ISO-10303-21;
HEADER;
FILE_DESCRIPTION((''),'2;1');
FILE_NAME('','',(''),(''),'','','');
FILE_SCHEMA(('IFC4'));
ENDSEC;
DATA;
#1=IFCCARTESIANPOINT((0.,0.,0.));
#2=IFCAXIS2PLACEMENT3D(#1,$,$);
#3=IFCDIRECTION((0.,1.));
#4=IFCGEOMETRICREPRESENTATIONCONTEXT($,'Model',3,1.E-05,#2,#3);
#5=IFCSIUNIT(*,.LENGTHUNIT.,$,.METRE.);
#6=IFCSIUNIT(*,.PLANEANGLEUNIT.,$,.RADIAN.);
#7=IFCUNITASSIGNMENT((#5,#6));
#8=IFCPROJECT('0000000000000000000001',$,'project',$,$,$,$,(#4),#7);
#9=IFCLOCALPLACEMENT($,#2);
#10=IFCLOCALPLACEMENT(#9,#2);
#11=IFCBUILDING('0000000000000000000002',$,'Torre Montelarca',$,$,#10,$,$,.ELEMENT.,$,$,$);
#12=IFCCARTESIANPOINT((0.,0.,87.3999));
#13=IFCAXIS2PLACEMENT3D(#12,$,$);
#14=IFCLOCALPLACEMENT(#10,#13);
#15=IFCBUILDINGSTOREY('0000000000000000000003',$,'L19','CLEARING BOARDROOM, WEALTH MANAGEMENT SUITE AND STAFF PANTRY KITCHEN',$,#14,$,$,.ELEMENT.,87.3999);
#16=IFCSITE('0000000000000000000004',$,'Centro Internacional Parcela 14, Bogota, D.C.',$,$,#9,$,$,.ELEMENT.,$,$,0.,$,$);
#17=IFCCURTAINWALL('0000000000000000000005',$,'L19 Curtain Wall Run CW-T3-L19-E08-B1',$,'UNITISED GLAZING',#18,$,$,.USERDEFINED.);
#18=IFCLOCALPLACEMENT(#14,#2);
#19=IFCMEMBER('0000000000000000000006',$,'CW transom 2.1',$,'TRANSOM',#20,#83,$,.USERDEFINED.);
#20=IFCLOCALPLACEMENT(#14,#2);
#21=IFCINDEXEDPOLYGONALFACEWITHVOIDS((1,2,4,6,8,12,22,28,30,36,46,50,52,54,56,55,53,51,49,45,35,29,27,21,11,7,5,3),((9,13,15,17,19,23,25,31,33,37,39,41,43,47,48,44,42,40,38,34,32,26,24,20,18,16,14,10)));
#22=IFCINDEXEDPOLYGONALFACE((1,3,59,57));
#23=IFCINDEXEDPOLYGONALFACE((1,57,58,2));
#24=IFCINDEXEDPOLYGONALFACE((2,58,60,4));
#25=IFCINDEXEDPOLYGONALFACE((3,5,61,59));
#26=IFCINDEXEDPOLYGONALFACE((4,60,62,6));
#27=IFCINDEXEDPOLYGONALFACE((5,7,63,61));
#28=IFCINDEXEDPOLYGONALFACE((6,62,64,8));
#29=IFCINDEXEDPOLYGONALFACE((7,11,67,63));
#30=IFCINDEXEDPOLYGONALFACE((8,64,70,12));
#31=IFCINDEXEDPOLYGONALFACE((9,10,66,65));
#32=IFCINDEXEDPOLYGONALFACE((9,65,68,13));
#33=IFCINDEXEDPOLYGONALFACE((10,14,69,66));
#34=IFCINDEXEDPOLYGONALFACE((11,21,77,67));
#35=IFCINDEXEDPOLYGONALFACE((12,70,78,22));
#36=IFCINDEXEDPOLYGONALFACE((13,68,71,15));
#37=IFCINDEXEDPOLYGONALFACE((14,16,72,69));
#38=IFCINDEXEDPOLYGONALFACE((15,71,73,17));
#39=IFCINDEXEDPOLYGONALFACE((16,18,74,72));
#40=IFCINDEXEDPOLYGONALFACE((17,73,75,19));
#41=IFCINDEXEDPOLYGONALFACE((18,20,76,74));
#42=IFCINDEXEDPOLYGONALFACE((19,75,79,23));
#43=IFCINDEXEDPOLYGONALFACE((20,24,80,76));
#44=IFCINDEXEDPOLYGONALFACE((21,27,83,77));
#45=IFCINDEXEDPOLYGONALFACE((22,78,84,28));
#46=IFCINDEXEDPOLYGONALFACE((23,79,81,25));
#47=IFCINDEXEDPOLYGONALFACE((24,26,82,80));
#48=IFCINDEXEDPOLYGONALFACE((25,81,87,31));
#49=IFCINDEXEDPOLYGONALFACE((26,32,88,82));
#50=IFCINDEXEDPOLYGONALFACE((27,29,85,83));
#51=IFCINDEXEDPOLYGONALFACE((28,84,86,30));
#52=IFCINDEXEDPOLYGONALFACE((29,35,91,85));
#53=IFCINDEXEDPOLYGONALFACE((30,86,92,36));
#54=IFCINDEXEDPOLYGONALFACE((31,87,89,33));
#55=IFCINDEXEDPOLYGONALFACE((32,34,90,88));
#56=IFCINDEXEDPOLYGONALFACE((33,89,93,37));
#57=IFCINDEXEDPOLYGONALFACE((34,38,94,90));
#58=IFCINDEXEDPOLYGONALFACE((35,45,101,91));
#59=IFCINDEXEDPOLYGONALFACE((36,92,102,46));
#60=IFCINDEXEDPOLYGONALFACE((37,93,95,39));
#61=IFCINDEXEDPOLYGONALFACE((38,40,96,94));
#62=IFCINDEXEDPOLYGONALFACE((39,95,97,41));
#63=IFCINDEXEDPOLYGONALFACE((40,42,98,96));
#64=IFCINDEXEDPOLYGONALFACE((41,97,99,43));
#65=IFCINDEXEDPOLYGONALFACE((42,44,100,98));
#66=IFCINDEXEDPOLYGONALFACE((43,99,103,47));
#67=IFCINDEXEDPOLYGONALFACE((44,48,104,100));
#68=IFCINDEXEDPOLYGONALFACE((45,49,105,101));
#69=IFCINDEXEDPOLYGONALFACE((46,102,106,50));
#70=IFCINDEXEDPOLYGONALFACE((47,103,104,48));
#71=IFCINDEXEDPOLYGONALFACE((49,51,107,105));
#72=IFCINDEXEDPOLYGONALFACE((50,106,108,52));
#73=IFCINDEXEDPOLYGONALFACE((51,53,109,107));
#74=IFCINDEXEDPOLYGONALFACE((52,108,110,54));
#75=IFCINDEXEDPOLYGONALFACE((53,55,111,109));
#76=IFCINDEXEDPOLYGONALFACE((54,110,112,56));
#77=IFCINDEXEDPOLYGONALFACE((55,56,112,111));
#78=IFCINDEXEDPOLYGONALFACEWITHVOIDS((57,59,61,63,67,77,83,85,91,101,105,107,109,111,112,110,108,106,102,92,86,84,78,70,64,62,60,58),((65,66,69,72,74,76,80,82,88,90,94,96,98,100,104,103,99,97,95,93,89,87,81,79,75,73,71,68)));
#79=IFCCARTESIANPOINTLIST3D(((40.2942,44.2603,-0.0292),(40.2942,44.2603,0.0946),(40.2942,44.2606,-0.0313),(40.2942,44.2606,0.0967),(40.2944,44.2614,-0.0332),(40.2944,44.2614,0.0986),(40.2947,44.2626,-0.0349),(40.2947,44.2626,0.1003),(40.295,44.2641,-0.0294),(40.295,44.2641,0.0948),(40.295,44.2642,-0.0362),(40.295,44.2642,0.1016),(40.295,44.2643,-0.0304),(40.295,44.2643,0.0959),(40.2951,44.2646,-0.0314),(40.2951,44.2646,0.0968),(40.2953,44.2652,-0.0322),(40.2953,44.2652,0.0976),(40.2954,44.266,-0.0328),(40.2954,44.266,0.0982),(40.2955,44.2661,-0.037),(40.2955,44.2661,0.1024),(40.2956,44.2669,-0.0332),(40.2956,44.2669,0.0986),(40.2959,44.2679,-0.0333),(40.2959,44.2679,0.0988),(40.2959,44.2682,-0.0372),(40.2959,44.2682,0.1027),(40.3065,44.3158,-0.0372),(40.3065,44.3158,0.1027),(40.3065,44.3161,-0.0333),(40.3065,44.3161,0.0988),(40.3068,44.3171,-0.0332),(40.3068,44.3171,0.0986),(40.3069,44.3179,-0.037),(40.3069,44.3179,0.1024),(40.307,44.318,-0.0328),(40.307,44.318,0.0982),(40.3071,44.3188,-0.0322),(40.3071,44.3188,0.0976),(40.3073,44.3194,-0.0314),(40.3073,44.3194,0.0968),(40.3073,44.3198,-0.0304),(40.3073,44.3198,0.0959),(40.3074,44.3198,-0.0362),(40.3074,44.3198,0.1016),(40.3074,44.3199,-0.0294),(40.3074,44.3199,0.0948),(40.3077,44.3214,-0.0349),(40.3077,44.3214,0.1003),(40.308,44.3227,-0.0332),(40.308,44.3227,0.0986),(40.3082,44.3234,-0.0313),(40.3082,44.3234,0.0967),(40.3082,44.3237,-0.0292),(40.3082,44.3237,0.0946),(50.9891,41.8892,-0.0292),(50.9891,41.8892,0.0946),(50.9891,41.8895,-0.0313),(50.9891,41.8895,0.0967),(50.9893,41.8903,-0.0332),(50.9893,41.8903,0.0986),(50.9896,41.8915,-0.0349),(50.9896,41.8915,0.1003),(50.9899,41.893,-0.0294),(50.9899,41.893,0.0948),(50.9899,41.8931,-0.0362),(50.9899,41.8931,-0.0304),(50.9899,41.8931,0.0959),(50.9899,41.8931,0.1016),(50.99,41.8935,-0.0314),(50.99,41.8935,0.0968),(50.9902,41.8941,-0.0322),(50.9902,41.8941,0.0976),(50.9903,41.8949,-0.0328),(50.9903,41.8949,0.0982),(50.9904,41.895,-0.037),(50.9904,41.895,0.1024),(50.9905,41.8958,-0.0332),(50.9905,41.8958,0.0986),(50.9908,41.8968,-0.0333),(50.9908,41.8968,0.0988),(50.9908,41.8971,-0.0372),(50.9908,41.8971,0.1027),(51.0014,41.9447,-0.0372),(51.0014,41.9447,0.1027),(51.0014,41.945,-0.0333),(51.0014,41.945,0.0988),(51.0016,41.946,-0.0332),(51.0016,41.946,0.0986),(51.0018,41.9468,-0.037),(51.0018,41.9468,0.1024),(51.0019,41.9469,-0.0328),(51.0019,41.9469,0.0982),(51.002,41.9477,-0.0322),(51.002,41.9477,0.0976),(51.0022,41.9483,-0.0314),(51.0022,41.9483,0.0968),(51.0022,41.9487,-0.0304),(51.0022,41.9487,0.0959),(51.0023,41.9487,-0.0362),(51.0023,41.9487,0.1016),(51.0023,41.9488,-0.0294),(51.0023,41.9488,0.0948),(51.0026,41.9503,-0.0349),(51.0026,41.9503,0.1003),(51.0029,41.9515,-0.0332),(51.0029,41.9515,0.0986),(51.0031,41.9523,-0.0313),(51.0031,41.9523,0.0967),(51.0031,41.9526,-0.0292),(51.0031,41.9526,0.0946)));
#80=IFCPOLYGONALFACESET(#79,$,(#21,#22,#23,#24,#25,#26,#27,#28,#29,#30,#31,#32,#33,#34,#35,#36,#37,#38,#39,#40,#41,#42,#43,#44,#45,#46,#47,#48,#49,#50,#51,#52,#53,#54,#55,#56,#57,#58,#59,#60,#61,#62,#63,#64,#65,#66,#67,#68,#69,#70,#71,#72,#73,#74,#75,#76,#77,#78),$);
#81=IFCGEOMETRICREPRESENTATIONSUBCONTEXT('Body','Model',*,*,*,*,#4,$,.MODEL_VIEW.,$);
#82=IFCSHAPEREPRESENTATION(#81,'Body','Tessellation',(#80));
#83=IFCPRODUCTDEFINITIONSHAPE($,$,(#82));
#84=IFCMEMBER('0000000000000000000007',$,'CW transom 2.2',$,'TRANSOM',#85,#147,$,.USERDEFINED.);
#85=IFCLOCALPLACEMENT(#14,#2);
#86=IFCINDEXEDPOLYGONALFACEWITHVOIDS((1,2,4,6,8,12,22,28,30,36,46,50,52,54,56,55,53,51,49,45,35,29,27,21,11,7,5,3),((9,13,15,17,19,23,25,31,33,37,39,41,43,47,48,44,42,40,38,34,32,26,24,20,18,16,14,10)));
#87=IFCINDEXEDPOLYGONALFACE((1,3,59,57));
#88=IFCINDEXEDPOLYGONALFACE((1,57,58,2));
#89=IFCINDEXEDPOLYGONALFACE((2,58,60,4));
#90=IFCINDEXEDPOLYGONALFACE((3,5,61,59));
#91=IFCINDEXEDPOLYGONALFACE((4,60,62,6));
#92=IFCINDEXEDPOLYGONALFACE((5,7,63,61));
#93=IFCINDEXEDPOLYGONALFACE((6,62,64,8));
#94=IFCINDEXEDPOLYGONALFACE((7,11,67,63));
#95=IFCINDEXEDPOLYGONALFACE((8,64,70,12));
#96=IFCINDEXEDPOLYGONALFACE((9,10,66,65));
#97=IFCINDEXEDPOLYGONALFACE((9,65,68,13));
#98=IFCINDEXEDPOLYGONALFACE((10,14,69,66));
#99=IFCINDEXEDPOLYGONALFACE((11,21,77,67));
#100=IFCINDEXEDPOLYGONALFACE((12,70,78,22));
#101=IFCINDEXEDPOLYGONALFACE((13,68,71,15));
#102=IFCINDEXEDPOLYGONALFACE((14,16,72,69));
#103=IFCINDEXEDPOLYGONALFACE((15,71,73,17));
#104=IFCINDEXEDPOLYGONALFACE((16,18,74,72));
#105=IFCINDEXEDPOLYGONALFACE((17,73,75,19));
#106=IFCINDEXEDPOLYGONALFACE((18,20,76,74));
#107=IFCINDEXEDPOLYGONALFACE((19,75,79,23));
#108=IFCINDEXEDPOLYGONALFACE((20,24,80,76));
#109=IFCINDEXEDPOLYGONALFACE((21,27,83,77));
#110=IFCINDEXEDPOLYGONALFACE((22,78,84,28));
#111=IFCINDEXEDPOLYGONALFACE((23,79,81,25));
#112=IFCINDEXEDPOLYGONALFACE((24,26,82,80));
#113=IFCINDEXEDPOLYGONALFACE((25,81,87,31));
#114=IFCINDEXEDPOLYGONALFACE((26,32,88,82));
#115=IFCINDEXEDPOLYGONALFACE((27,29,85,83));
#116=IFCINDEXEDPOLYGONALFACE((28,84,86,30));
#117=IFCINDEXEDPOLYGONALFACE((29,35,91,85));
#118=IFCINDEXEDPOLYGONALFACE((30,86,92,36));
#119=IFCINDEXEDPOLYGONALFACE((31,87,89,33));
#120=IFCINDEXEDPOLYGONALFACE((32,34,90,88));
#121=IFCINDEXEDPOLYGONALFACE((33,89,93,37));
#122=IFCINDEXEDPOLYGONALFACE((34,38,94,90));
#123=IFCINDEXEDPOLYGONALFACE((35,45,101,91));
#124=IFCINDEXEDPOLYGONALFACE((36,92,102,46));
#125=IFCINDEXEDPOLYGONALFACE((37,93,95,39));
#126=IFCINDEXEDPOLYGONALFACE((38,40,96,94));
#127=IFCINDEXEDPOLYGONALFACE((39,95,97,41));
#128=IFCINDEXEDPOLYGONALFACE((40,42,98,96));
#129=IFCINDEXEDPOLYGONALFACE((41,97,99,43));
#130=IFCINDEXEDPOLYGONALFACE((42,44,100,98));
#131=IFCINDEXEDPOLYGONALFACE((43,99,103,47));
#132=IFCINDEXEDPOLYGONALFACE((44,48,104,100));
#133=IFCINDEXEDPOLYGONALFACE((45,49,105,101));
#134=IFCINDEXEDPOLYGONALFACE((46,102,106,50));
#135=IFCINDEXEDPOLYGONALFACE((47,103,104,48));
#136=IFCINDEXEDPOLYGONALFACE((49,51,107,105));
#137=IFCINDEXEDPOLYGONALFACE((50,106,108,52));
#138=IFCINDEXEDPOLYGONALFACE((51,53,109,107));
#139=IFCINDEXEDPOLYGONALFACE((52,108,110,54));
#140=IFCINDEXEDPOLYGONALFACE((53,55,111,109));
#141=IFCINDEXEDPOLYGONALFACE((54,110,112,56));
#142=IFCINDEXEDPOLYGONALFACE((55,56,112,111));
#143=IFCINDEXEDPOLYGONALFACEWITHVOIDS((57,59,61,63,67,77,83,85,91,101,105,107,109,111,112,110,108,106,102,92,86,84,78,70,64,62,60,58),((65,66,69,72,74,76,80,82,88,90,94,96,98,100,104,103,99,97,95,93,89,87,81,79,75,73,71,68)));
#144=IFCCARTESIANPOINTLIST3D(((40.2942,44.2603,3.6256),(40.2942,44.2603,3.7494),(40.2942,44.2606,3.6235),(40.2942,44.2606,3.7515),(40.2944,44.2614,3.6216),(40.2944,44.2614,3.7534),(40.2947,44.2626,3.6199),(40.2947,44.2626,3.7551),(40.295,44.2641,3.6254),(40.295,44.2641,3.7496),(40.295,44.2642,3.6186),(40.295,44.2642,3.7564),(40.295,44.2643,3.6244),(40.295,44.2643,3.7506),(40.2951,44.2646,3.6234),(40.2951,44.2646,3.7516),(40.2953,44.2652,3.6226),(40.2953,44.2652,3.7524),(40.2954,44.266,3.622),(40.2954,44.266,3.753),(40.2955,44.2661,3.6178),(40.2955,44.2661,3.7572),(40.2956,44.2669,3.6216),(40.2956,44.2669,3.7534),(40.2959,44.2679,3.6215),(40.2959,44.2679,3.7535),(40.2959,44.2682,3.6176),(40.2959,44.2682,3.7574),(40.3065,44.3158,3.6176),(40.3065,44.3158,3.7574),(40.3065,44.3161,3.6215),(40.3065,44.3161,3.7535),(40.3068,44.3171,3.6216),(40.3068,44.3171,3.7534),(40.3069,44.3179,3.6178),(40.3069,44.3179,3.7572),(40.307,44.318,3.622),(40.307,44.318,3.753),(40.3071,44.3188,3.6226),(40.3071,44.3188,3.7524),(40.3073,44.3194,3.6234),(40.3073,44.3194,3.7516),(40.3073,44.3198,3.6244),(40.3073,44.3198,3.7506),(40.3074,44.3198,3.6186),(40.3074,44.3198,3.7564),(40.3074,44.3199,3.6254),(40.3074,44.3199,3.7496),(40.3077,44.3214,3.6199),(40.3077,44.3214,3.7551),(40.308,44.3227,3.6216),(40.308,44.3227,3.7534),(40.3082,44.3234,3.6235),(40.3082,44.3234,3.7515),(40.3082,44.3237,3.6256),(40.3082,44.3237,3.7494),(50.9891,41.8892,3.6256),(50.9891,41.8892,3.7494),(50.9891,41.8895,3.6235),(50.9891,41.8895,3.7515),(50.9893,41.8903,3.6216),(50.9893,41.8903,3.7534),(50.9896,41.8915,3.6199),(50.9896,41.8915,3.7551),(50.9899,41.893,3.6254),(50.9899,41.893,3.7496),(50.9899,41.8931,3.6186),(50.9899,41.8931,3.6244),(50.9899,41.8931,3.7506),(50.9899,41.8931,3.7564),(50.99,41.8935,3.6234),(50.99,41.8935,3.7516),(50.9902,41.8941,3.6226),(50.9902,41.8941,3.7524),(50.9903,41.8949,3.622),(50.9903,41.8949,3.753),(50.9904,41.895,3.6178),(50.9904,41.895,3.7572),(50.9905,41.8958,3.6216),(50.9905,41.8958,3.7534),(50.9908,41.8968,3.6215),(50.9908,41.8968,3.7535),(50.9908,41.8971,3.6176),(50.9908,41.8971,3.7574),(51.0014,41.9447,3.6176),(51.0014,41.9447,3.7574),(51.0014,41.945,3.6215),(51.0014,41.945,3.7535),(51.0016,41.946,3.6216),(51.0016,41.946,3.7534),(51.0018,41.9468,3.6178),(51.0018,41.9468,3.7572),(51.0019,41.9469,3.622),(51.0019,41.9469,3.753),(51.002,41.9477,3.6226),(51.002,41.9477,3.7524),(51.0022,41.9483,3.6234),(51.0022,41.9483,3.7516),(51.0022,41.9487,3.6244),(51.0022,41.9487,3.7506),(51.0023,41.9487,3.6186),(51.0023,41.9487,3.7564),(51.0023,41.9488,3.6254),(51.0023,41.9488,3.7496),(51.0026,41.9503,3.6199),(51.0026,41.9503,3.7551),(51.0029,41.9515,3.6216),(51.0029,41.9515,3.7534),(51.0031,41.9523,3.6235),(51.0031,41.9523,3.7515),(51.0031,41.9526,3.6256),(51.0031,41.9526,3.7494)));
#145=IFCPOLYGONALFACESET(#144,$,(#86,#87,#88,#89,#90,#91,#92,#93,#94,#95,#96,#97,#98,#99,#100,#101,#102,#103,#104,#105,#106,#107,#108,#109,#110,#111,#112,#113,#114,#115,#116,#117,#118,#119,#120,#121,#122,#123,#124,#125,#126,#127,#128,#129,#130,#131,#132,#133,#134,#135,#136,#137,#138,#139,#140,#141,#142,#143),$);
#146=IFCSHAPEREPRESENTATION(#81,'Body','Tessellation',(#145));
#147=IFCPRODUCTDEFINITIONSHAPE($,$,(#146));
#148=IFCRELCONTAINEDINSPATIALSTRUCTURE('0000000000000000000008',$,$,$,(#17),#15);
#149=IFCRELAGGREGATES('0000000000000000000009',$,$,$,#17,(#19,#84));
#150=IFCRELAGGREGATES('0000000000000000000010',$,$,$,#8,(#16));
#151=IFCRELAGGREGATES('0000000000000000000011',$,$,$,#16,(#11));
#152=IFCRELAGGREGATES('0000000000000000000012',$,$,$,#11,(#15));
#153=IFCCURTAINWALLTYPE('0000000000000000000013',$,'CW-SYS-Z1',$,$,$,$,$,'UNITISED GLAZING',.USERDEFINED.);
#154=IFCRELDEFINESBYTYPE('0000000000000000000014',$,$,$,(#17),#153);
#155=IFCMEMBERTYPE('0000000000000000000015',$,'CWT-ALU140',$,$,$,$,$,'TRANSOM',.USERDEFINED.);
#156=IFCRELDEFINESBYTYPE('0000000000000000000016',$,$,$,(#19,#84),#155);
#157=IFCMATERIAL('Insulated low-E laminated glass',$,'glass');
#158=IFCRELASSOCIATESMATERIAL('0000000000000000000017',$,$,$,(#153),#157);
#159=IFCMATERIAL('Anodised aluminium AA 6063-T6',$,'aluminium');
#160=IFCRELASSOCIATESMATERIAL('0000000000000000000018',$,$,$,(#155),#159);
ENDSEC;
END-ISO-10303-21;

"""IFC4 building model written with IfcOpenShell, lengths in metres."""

from ifc_helpers import new_model, si_unit, direction, frame, origin, origin_2d, place, context, subcontext, project, spatial, hollow_rectangle, extrude, source, transform, mapped, material, material_profile, profile_set, type_object, element, aggregate, save


model = new_model("IFC4")

# Units and contexts
model_context = context("Model", 3, precision=1e-05, world=origin(), true_north=direction((0.0, 1.0)))
body_context = subcontext(model_context, "Body", "Model", "MODEL_VIEW")
ifc_project = project(units=[si_unit("LENGTHUNIT", "METRE"), si_unit("PLANEANGLEUNIT", "RADIAN")], contexts=[model_context])

# Site, building, storey
site_placement = place(None, origin())
site = spatial("IfcSite", under=ifc_project, at=site_placement, Name="Centro Internacional Parcela 14, Bogota, D.C.", CompositionType="ELEMENT", RefElevation=0.0)
building_placement = place(site_placement, origin())
building = spatial("IfcBuilding", under=site, at=building_placement, Name="Torre Montelarca", CompositionType="ELEMENT")
storey_placement = place(building_placement, frame((0.0, 0.0, 87.3999)))
storey = spatial("IfcBuildingStorey", under=building, at=storey_placement, Name="L19", Description="CLEARING BOARDROOM, WEALTH MANAGEMENT SUITE AND STAFF PANTRY KITCHEN", CompositionType="ELEMENT", Elevation=87.3999)

# Curtain wall, members
ifc_material_1 = material(Name="Insulated low-E laminated glass", Category="glass")
curtain_wall_type = type_object("IfcCurtainWallType", Name="CW-SYS-Z1", ElementType="UNITISED GLAZING", PredefinedType="USERDEFINED", material=ifc_material_1)
ifc_material_2 = material(Name="Anodised aluminium AA 6063-T6", Category="aluminium")
ifc_material_profile_1 = material_profile(ifc_material_2, hollow_rectangle(XDim=0.0649, YDim=0.1399, WallThickness=0.0039, InnerFilletRadius=0.0039, OuterFilletRadius=0.0081, at=origin_2d()), Name="ALU65X140X4", Category="aluminium")
ifc_profile_set_1 = profile_set([ifc_material_profile_1], Name="Anodised aluminium AA 6063-T6")
member_type_1 = type_object("IfcMemberType", Name="CWT-ALU140", ElementType="TRANSOM", PredefinedType="USERDEFINED", material=ifc_profile_set_1)
curtain_wall_1_placement = place(storey_placement, origin())
curtain_wall_1 = element("IfcCurtainWall", 1, at=curtain_wall_1_placement, inside=storey, type_object=curtain_wall_type, Name="L19 Curtain Wall Run CW-T3-L19-E08-B1", ObjectType="UNITISED GLAZING", PredefinedType="USERDEFINED")
shared_shape_1 = source(origin(), body_context, "Body", "SweptSolid", [
    extrude(hollow_rectangle(XDim=0.0649, YDim=0.1399, WallThickness=0.0039, InnerFilletRadius=0.0039, OuterFilletRadius=0.0081, at=origin_2d()), origin(), (0.0, 0.0, 1.0), 10.9546),
])
member_1_placement = place(storey_placement, frame((50.9961, 41.9209, 0.0327), z_axis=(-0.976294, 0.216449, 0.0), x_axis=(-0.216449, -0.976294, 0.0)))
member_1 = element("IfcMember", 2, at=member_1_placement, type_object=member_type_1, Name="CW transom 2.1", ObjectType="TRANSOM", PredefinedType="USERDEFINED", context=body_context, shape_type="MappedRepresentation", body=[
    mapped(shared_shape_1, transform((0.0, 0.0, 0.0), scale=1.0)),
])
member_2_placement = place(storey_placement, frame((50.9961, 41.9209, 3.6875), z_axis=(-0.976294, 0.216449, 0.0), x_axis=(-0.216449, -0.976294, 0.0)))
member_2 = element("IfcMember", 3, at=member_2_placement, type_object=member_type_1, Name="CW transom 2.2", ObjectType="TRANSOM", PredefinedType="USERDEFINED", context=body_context, shape_type="MappedRepresentation", body=[
    mapped(shared_shape_1, transform((0.0, 0.0, 0.0), scale=1.0)),
])

aggregate(curtain_wall_1, [member_1, member_2])

save(model, "model.ifc")
